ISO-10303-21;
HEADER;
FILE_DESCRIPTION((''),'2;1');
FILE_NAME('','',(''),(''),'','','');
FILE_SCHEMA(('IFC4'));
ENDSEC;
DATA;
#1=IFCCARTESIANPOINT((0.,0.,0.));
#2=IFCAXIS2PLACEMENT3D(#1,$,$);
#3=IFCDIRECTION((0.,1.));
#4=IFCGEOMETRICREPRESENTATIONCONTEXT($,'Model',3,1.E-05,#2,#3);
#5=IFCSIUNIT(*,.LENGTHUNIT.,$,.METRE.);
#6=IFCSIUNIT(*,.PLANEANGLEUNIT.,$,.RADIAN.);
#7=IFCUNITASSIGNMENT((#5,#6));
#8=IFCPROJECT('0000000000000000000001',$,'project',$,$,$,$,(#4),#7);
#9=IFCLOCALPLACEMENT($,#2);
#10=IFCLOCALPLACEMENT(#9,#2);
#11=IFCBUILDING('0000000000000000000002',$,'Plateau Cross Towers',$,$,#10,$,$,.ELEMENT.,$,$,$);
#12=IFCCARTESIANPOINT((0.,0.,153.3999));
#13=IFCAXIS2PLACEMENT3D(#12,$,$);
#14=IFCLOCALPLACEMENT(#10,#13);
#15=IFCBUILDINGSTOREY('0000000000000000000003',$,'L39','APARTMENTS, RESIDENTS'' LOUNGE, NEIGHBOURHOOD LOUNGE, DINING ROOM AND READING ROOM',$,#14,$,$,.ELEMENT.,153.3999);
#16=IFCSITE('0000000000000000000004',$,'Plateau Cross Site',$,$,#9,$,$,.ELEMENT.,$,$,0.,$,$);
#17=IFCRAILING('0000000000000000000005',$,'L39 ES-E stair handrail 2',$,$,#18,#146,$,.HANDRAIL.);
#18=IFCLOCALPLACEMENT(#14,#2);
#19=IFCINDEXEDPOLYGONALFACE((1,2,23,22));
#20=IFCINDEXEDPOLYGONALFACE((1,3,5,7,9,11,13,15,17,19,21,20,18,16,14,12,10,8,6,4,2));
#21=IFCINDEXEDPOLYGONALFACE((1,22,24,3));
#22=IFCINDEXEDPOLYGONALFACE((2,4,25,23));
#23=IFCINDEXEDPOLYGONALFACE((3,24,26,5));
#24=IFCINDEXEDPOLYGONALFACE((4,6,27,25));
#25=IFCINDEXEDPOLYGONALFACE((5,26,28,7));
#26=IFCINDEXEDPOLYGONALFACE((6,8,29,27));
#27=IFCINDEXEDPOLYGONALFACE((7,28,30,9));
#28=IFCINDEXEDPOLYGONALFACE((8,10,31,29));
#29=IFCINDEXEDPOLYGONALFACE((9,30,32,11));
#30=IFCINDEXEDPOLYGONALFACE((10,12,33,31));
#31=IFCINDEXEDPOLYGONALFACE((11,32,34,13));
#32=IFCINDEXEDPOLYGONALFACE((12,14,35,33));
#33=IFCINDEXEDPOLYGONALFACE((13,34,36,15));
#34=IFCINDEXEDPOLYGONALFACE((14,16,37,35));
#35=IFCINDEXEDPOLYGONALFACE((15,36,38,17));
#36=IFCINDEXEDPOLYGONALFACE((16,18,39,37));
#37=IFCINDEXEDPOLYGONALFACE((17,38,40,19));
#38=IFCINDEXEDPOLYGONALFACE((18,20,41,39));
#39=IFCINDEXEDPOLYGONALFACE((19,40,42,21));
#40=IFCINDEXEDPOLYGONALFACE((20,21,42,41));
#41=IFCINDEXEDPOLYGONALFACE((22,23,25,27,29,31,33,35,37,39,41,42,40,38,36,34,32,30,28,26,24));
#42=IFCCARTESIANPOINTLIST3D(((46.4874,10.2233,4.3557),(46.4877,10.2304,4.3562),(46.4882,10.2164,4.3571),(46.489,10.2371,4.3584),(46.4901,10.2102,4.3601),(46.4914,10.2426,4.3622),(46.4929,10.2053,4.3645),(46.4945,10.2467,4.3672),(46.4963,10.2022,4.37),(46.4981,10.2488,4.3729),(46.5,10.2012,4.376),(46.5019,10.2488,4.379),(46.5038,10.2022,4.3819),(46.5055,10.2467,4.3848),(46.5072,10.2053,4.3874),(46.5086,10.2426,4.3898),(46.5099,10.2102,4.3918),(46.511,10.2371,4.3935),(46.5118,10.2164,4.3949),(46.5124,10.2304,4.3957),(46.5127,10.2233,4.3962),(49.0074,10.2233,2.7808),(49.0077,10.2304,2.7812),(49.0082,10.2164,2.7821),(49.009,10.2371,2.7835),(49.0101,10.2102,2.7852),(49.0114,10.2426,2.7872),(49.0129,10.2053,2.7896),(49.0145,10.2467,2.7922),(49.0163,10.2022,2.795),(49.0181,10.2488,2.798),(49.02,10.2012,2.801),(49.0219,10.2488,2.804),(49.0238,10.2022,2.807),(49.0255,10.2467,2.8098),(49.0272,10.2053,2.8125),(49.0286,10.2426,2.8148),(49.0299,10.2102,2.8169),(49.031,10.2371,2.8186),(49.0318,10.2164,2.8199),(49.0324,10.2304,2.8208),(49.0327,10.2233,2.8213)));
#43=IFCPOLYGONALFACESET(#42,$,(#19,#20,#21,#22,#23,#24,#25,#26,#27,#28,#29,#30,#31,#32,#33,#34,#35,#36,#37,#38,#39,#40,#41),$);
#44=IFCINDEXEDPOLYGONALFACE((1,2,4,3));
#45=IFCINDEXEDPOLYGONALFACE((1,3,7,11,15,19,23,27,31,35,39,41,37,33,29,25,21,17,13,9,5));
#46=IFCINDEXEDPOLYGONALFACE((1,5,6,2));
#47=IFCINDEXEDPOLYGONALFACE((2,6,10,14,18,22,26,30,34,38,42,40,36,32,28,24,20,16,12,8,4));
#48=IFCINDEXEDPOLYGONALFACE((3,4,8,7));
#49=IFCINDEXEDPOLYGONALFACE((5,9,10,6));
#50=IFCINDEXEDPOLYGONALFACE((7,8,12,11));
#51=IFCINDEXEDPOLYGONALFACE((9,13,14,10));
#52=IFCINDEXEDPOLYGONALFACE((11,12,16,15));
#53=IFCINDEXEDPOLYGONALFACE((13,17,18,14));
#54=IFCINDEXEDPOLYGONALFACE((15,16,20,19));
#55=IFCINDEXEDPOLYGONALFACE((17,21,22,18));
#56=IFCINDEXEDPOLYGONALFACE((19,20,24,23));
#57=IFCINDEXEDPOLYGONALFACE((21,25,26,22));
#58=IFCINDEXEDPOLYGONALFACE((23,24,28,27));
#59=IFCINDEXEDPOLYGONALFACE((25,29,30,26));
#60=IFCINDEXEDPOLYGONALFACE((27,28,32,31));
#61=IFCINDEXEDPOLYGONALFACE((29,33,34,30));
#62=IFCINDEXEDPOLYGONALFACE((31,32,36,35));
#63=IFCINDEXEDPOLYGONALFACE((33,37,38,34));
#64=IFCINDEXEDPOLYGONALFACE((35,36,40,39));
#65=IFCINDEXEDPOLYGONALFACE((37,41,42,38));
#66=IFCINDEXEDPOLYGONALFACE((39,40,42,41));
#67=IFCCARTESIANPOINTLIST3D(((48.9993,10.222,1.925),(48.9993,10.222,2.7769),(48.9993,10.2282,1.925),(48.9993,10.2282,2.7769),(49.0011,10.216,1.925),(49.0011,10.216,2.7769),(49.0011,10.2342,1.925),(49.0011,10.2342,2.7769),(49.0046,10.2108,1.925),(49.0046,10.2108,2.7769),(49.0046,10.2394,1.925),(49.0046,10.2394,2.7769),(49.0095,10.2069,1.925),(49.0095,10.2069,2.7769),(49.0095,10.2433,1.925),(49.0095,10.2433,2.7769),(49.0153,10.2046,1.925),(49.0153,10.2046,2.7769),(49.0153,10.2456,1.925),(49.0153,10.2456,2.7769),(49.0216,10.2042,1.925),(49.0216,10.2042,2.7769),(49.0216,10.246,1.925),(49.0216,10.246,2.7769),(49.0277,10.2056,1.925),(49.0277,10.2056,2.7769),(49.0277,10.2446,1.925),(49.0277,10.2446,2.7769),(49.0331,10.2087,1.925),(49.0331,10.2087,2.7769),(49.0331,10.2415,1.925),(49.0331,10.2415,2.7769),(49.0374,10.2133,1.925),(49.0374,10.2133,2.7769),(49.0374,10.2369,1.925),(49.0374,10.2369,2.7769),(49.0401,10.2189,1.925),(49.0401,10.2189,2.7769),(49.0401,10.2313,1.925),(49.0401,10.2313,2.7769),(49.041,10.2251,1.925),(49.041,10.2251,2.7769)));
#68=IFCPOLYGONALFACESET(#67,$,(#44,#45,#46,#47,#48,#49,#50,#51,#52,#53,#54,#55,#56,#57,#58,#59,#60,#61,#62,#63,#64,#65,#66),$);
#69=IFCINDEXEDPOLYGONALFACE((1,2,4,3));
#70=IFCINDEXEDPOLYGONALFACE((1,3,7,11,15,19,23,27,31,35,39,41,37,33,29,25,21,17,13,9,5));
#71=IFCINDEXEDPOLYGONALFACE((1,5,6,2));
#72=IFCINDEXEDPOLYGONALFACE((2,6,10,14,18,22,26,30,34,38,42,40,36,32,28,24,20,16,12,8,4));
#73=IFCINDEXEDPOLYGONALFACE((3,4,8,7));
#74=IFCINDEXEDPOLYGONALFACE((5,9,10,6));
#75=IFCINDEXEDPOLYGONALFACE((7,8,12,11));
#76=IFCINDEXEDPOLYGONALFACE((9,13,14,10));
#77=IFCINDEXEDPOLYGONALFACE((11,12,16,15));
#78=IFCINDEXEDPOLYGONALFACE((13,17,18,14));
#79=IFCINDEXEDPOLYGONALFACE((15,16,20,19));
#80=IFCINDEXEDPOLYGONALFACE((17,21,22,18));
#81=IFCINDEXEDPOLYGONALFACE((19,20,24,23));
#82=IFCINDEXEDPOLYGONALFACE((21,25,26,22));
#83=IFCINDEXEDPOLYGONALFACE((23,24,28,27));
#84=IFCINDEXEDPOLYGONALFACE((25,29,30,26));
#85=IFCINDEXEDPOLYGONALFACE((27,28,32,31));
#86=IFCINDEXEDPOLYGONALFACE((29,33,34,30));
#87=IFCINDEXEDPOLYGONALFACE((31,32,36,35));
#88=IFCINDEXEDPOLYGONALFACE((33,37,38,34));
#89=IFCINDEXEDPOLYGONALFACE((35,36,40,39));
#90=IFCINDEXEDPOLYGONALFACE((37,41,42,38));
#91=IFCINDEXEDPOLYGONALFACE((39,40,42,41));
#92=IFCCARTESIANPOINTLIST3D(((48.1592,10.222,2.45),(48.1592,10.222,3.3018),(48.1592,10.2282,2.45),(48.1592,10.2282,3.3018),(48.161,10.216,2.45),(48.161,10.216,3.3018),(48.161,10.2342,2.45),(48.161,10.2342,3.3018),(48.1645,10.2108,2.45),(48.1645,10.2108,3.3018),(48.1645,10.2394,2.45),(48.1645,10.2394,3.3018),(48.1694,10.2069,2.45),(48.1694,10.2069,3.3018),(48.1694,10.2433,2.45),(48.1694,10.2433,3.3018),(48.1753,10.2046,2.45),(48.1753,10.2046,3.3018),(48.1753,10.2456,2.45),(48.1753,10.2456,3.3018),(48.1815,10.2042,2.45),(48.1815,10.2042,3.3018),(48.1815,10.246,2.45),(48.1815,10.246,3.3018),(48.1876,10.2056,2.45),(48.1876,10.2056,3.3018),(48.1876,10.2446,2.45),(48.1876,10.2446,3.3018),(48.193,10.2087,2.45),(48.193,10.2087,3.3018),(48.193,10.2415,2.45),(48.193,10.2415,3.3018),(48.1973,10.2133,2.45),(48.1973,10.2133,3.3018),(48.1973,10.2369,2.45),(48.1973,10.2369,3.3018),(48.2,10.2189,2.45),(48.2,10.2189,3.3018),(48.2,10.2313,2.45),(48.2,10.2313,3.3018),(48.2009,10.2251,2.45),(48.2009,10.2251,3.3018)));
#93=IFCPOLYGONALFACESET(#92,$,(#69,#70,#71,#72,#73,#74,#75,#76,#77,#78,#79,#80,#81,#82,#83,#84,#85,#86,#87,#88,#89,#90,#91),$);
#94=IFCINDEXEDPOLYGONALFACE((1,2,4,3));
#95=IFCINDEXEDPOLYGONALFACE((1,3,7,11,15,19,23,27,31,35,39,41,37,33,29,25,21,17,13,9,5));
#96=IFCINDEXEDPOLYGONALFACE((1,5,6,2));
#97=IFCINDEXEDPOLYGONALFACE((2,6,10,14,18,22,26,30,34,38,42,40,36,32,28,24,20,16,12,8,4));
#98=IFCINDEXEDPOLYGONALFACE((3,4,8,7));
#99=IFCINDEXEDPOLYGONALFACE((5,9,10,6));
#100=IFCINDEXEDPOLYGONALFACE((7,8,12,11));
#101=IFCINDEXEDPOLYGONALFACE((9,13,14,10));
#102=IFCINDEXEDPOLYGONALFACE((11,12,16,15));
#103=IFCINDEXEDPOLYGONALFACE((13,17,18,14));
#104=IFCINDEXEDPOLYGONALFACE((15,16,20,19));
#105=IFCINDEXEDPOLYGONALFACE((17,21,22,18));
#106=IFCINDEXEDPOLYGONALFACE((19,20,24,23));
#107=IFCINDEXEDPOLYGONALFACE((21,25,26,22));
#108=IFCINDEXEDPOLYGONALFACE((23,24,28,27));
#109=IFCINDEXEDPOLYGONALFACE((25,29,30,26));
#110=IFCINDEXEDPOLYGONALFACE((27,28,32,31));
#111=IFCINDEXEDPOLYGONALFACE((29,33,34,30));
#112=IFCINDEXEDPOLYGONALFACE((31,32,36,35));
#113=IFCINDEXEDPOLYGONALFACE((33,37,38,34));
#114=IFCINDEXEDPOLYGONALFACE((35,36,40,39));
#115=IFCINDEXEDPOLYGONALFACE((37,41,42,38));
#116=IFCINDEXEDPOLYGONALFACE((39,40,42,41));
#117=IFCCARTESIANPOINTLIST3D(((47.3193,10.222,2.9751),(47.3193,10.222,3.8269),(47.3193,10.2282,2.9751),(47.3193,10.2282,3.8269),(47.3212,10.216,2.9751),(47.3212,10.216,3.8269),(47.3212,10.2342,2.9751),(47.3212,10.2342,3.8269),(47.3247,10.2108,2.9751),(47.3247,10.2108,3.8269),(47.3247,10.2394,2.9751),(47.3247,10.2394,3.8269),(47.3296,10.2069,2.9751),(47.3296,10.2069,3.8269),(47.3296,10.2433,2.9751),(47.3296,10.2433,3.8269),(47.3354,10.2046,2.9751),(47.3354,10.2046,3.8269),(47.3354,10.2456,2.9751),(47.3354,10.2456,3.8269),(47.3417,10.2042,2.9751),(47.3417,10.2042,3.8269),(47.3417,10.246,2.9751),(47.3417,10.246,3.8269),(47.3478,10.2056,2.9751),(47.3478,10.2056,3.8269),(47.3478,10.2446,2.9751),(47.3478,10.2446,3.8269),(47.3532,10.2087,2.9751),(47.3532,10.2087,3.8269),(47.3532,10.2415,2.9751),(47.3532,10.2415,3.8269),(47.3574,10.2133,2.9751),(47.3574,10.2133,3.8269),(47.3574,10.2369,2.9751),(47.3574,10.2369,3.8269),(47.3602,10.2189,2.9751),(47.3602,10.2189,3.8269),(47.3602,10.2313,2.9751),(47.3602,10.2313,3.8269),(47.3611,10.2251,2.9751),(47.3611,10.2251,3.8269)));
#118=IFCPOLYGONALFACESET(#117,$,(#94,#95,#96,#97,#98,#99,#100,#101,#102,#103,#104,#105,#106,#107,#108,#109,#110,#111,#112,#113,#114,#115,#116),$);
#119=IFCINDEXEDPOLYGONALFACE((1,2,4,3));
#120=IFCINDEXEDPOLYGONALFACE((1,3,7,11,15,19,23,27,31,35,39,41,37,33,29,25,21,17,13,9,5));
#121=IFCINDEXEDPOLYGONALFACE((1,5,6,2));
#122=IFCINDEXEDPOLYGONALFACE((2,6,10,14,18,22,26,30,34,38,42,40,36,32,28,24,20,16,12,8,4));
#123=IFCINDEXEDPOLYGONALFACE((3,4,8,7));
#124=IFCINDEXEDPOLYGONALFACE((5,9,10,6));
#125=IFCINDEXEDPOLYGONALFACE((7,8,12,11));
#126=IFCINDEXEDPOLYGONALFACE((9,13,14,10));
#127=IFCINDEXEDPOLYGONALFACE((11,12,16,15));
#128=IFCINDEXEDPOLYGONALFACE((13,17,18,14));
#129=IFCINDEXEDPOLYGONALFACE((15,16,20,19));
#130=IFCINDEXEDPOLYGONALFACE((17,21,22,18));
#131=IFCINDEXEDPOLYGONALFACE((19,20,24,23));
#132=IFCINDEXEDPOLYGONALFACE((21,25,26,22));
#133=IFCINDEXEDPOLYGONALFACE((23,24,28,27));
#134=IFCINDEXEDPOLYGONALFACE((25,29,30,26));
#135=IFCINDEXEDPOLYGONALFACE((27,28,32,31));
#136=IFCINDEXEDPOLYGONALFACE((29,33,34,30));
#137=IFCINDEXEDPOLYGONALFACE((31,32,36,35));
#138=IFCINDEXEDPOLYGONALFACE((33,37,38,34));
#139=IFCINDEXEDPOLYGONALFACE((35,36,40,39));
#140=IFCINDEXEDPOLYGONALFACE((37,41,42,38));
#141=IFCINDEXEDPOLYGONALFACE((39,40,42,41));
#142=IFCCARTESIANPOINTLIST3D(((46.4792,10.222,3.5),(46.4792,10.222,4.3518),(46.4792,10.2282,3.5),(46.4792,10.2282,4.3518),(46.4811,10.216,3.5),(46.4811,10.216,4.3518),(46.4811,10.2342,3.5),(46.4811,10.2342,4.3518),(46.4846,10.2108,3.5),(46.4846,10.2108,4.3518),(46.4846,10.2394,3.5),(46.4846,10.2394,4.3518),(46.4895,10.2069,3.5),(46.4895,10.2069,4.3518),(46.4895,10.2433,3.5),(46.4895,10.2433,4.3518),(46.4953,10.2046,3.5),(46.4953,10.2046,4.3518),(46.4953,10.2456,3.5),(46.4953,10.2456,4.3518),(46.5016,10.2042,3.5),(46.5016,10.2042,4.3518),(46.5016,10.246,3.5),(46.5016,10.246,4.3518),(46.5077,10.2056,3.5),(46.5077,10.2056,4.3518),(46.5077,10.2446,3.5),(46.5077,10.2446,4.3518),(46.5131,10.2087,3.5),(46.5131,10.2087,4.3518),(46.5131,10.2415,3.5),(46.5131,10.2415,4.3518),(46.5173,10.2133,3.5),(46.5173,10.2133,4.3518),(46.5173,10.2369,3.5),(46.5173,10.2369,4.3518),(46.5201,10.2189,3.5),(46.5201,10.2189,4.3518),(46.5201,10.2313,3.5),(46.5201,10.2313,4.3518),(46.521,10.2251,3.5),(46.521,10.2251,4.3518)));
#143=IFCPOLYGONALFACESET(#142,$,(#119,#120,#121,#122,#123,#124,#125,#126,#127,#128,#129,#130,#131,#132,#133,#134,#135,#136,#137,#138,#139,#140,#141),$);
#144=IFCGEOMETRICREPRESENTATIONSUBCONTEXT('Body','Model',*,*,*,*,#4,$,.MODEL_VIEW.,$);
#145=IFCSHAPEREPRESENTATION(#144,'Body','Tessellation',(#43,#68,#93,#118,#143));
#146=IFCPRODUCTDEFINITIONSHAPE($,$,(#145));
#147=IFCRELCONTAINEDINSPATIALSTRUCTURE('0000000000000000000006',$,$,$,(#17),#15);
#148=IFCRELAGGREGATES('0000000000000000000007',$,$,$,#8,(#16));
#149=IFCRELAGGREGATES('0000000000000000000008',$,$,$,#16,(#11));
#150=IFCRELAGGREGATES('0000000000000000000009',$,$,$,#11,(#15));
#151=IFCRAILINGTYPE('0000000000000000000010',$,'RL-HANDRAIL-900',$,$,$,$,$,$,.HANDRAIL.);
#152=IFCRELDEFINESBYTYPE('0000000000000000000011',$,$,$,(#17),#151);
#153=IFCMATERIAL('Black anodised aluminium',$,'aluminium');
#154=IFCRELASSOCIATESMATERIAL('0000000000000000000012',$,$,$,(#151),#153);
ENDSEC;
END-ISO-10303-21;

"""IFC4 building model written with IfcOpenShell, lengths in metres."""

from ifc_helpers import new_model, si_unit, direction, frame, origin, origin_2d, place, context, subcontext, project, spatial, circle, extrude, material, type_object, element, save


model = new_model("IFC4")

# Units and contexts
model_context = context("Model", 3, precision=1e-05, world=origin(), true_north=direction((0.0, 1.0)))
body_context = subcontext(model_context, "Body", "Model", "MODEL_VIEW")
ifc_project = project(units=[si_unit("LENGTHUNIT", "METRE"), si_unit("PLANEANGLEUNIT", "RADIAN")], contexts=[model_context])

# Site, building, storey
site_placement = place(None, origin())
site = spatial("IfcSite", under=ifc_project, at=site_placement, Name="Plateau Cross Site", CompositionType="ELEMENT", RefElevation=0.0)
building_placement = place(site_placement, origin())
building = spatial("IfcBuilding", under=site, at=building_placement, Name="Plateau Cross Towers", CompositionType="ELEMENT")
storey_placement = place(building_placement, frame((0.0, 0.0, 153.3999)))
storey = spatial("IfcBuildingStorey", under=building, at=storey_placement, Name="L39", Description="APARTMENTS, RESIDENTS' LOUNGE, NEIGHBOURHOOD LOUNGE, DINING ROOM AND READING ROOM", CompositionType="ELEMENT", Elevation=153.3999)

# Shared definitions
ifc_material_1 = material(Name="Black anodised aluminium", Category="aluminium")

# Railing
railing_type_1 = type_object("IfcRailingType", Name="RL-HANDRAIL-900", PredefinedType="HANDRAIL", material=ifc_material_1)
railing_1_placement = place(storey_placement, frame((49.02, 10.2251, 1.925)))
element("IfcRailing", 1, at=railing_1_placement, inside=storey, type_object=railing_type_1, Name="L39 ES-E stair handrail 2", PredefinedType="HANDRAIL", context=body_context, shape_type="SweptSolid", body=[
    extrude(circle(Radius=0.0239, at=origin_2d()), frame((0.0, 0.0, 0.876), z_axis=(-0.848008, 0.0, 0.529984), x_axis=(0.0, -1.0, 0.0)), (0.0, 0.0, 1.0), 2.9717),
    extrude(circle(Radius=0.021, at=origin_2d()), origin(), (0.0, 0.0, 1.0), 0.8518),
    extrude(circle(Radius=0.021, at=origin_2d()), frame((-0.8401, 0.0, 0.5249)), (0.0, 0.0, 1.0), 0.8518),
    extrude(circle(Radius=0.021, at=origin_2d()), frame((-1.6799, 0.0, 1.05)), (0.0, 0.0, 1.0), 0.8518),
    extrude(circle(Radius=0.021, at=origin_2d()), frame((-2.52, 0.0, 1.575)), (0.0, 0.0, 1.0), 0.8518),
])

save(model, "model.ifc")
